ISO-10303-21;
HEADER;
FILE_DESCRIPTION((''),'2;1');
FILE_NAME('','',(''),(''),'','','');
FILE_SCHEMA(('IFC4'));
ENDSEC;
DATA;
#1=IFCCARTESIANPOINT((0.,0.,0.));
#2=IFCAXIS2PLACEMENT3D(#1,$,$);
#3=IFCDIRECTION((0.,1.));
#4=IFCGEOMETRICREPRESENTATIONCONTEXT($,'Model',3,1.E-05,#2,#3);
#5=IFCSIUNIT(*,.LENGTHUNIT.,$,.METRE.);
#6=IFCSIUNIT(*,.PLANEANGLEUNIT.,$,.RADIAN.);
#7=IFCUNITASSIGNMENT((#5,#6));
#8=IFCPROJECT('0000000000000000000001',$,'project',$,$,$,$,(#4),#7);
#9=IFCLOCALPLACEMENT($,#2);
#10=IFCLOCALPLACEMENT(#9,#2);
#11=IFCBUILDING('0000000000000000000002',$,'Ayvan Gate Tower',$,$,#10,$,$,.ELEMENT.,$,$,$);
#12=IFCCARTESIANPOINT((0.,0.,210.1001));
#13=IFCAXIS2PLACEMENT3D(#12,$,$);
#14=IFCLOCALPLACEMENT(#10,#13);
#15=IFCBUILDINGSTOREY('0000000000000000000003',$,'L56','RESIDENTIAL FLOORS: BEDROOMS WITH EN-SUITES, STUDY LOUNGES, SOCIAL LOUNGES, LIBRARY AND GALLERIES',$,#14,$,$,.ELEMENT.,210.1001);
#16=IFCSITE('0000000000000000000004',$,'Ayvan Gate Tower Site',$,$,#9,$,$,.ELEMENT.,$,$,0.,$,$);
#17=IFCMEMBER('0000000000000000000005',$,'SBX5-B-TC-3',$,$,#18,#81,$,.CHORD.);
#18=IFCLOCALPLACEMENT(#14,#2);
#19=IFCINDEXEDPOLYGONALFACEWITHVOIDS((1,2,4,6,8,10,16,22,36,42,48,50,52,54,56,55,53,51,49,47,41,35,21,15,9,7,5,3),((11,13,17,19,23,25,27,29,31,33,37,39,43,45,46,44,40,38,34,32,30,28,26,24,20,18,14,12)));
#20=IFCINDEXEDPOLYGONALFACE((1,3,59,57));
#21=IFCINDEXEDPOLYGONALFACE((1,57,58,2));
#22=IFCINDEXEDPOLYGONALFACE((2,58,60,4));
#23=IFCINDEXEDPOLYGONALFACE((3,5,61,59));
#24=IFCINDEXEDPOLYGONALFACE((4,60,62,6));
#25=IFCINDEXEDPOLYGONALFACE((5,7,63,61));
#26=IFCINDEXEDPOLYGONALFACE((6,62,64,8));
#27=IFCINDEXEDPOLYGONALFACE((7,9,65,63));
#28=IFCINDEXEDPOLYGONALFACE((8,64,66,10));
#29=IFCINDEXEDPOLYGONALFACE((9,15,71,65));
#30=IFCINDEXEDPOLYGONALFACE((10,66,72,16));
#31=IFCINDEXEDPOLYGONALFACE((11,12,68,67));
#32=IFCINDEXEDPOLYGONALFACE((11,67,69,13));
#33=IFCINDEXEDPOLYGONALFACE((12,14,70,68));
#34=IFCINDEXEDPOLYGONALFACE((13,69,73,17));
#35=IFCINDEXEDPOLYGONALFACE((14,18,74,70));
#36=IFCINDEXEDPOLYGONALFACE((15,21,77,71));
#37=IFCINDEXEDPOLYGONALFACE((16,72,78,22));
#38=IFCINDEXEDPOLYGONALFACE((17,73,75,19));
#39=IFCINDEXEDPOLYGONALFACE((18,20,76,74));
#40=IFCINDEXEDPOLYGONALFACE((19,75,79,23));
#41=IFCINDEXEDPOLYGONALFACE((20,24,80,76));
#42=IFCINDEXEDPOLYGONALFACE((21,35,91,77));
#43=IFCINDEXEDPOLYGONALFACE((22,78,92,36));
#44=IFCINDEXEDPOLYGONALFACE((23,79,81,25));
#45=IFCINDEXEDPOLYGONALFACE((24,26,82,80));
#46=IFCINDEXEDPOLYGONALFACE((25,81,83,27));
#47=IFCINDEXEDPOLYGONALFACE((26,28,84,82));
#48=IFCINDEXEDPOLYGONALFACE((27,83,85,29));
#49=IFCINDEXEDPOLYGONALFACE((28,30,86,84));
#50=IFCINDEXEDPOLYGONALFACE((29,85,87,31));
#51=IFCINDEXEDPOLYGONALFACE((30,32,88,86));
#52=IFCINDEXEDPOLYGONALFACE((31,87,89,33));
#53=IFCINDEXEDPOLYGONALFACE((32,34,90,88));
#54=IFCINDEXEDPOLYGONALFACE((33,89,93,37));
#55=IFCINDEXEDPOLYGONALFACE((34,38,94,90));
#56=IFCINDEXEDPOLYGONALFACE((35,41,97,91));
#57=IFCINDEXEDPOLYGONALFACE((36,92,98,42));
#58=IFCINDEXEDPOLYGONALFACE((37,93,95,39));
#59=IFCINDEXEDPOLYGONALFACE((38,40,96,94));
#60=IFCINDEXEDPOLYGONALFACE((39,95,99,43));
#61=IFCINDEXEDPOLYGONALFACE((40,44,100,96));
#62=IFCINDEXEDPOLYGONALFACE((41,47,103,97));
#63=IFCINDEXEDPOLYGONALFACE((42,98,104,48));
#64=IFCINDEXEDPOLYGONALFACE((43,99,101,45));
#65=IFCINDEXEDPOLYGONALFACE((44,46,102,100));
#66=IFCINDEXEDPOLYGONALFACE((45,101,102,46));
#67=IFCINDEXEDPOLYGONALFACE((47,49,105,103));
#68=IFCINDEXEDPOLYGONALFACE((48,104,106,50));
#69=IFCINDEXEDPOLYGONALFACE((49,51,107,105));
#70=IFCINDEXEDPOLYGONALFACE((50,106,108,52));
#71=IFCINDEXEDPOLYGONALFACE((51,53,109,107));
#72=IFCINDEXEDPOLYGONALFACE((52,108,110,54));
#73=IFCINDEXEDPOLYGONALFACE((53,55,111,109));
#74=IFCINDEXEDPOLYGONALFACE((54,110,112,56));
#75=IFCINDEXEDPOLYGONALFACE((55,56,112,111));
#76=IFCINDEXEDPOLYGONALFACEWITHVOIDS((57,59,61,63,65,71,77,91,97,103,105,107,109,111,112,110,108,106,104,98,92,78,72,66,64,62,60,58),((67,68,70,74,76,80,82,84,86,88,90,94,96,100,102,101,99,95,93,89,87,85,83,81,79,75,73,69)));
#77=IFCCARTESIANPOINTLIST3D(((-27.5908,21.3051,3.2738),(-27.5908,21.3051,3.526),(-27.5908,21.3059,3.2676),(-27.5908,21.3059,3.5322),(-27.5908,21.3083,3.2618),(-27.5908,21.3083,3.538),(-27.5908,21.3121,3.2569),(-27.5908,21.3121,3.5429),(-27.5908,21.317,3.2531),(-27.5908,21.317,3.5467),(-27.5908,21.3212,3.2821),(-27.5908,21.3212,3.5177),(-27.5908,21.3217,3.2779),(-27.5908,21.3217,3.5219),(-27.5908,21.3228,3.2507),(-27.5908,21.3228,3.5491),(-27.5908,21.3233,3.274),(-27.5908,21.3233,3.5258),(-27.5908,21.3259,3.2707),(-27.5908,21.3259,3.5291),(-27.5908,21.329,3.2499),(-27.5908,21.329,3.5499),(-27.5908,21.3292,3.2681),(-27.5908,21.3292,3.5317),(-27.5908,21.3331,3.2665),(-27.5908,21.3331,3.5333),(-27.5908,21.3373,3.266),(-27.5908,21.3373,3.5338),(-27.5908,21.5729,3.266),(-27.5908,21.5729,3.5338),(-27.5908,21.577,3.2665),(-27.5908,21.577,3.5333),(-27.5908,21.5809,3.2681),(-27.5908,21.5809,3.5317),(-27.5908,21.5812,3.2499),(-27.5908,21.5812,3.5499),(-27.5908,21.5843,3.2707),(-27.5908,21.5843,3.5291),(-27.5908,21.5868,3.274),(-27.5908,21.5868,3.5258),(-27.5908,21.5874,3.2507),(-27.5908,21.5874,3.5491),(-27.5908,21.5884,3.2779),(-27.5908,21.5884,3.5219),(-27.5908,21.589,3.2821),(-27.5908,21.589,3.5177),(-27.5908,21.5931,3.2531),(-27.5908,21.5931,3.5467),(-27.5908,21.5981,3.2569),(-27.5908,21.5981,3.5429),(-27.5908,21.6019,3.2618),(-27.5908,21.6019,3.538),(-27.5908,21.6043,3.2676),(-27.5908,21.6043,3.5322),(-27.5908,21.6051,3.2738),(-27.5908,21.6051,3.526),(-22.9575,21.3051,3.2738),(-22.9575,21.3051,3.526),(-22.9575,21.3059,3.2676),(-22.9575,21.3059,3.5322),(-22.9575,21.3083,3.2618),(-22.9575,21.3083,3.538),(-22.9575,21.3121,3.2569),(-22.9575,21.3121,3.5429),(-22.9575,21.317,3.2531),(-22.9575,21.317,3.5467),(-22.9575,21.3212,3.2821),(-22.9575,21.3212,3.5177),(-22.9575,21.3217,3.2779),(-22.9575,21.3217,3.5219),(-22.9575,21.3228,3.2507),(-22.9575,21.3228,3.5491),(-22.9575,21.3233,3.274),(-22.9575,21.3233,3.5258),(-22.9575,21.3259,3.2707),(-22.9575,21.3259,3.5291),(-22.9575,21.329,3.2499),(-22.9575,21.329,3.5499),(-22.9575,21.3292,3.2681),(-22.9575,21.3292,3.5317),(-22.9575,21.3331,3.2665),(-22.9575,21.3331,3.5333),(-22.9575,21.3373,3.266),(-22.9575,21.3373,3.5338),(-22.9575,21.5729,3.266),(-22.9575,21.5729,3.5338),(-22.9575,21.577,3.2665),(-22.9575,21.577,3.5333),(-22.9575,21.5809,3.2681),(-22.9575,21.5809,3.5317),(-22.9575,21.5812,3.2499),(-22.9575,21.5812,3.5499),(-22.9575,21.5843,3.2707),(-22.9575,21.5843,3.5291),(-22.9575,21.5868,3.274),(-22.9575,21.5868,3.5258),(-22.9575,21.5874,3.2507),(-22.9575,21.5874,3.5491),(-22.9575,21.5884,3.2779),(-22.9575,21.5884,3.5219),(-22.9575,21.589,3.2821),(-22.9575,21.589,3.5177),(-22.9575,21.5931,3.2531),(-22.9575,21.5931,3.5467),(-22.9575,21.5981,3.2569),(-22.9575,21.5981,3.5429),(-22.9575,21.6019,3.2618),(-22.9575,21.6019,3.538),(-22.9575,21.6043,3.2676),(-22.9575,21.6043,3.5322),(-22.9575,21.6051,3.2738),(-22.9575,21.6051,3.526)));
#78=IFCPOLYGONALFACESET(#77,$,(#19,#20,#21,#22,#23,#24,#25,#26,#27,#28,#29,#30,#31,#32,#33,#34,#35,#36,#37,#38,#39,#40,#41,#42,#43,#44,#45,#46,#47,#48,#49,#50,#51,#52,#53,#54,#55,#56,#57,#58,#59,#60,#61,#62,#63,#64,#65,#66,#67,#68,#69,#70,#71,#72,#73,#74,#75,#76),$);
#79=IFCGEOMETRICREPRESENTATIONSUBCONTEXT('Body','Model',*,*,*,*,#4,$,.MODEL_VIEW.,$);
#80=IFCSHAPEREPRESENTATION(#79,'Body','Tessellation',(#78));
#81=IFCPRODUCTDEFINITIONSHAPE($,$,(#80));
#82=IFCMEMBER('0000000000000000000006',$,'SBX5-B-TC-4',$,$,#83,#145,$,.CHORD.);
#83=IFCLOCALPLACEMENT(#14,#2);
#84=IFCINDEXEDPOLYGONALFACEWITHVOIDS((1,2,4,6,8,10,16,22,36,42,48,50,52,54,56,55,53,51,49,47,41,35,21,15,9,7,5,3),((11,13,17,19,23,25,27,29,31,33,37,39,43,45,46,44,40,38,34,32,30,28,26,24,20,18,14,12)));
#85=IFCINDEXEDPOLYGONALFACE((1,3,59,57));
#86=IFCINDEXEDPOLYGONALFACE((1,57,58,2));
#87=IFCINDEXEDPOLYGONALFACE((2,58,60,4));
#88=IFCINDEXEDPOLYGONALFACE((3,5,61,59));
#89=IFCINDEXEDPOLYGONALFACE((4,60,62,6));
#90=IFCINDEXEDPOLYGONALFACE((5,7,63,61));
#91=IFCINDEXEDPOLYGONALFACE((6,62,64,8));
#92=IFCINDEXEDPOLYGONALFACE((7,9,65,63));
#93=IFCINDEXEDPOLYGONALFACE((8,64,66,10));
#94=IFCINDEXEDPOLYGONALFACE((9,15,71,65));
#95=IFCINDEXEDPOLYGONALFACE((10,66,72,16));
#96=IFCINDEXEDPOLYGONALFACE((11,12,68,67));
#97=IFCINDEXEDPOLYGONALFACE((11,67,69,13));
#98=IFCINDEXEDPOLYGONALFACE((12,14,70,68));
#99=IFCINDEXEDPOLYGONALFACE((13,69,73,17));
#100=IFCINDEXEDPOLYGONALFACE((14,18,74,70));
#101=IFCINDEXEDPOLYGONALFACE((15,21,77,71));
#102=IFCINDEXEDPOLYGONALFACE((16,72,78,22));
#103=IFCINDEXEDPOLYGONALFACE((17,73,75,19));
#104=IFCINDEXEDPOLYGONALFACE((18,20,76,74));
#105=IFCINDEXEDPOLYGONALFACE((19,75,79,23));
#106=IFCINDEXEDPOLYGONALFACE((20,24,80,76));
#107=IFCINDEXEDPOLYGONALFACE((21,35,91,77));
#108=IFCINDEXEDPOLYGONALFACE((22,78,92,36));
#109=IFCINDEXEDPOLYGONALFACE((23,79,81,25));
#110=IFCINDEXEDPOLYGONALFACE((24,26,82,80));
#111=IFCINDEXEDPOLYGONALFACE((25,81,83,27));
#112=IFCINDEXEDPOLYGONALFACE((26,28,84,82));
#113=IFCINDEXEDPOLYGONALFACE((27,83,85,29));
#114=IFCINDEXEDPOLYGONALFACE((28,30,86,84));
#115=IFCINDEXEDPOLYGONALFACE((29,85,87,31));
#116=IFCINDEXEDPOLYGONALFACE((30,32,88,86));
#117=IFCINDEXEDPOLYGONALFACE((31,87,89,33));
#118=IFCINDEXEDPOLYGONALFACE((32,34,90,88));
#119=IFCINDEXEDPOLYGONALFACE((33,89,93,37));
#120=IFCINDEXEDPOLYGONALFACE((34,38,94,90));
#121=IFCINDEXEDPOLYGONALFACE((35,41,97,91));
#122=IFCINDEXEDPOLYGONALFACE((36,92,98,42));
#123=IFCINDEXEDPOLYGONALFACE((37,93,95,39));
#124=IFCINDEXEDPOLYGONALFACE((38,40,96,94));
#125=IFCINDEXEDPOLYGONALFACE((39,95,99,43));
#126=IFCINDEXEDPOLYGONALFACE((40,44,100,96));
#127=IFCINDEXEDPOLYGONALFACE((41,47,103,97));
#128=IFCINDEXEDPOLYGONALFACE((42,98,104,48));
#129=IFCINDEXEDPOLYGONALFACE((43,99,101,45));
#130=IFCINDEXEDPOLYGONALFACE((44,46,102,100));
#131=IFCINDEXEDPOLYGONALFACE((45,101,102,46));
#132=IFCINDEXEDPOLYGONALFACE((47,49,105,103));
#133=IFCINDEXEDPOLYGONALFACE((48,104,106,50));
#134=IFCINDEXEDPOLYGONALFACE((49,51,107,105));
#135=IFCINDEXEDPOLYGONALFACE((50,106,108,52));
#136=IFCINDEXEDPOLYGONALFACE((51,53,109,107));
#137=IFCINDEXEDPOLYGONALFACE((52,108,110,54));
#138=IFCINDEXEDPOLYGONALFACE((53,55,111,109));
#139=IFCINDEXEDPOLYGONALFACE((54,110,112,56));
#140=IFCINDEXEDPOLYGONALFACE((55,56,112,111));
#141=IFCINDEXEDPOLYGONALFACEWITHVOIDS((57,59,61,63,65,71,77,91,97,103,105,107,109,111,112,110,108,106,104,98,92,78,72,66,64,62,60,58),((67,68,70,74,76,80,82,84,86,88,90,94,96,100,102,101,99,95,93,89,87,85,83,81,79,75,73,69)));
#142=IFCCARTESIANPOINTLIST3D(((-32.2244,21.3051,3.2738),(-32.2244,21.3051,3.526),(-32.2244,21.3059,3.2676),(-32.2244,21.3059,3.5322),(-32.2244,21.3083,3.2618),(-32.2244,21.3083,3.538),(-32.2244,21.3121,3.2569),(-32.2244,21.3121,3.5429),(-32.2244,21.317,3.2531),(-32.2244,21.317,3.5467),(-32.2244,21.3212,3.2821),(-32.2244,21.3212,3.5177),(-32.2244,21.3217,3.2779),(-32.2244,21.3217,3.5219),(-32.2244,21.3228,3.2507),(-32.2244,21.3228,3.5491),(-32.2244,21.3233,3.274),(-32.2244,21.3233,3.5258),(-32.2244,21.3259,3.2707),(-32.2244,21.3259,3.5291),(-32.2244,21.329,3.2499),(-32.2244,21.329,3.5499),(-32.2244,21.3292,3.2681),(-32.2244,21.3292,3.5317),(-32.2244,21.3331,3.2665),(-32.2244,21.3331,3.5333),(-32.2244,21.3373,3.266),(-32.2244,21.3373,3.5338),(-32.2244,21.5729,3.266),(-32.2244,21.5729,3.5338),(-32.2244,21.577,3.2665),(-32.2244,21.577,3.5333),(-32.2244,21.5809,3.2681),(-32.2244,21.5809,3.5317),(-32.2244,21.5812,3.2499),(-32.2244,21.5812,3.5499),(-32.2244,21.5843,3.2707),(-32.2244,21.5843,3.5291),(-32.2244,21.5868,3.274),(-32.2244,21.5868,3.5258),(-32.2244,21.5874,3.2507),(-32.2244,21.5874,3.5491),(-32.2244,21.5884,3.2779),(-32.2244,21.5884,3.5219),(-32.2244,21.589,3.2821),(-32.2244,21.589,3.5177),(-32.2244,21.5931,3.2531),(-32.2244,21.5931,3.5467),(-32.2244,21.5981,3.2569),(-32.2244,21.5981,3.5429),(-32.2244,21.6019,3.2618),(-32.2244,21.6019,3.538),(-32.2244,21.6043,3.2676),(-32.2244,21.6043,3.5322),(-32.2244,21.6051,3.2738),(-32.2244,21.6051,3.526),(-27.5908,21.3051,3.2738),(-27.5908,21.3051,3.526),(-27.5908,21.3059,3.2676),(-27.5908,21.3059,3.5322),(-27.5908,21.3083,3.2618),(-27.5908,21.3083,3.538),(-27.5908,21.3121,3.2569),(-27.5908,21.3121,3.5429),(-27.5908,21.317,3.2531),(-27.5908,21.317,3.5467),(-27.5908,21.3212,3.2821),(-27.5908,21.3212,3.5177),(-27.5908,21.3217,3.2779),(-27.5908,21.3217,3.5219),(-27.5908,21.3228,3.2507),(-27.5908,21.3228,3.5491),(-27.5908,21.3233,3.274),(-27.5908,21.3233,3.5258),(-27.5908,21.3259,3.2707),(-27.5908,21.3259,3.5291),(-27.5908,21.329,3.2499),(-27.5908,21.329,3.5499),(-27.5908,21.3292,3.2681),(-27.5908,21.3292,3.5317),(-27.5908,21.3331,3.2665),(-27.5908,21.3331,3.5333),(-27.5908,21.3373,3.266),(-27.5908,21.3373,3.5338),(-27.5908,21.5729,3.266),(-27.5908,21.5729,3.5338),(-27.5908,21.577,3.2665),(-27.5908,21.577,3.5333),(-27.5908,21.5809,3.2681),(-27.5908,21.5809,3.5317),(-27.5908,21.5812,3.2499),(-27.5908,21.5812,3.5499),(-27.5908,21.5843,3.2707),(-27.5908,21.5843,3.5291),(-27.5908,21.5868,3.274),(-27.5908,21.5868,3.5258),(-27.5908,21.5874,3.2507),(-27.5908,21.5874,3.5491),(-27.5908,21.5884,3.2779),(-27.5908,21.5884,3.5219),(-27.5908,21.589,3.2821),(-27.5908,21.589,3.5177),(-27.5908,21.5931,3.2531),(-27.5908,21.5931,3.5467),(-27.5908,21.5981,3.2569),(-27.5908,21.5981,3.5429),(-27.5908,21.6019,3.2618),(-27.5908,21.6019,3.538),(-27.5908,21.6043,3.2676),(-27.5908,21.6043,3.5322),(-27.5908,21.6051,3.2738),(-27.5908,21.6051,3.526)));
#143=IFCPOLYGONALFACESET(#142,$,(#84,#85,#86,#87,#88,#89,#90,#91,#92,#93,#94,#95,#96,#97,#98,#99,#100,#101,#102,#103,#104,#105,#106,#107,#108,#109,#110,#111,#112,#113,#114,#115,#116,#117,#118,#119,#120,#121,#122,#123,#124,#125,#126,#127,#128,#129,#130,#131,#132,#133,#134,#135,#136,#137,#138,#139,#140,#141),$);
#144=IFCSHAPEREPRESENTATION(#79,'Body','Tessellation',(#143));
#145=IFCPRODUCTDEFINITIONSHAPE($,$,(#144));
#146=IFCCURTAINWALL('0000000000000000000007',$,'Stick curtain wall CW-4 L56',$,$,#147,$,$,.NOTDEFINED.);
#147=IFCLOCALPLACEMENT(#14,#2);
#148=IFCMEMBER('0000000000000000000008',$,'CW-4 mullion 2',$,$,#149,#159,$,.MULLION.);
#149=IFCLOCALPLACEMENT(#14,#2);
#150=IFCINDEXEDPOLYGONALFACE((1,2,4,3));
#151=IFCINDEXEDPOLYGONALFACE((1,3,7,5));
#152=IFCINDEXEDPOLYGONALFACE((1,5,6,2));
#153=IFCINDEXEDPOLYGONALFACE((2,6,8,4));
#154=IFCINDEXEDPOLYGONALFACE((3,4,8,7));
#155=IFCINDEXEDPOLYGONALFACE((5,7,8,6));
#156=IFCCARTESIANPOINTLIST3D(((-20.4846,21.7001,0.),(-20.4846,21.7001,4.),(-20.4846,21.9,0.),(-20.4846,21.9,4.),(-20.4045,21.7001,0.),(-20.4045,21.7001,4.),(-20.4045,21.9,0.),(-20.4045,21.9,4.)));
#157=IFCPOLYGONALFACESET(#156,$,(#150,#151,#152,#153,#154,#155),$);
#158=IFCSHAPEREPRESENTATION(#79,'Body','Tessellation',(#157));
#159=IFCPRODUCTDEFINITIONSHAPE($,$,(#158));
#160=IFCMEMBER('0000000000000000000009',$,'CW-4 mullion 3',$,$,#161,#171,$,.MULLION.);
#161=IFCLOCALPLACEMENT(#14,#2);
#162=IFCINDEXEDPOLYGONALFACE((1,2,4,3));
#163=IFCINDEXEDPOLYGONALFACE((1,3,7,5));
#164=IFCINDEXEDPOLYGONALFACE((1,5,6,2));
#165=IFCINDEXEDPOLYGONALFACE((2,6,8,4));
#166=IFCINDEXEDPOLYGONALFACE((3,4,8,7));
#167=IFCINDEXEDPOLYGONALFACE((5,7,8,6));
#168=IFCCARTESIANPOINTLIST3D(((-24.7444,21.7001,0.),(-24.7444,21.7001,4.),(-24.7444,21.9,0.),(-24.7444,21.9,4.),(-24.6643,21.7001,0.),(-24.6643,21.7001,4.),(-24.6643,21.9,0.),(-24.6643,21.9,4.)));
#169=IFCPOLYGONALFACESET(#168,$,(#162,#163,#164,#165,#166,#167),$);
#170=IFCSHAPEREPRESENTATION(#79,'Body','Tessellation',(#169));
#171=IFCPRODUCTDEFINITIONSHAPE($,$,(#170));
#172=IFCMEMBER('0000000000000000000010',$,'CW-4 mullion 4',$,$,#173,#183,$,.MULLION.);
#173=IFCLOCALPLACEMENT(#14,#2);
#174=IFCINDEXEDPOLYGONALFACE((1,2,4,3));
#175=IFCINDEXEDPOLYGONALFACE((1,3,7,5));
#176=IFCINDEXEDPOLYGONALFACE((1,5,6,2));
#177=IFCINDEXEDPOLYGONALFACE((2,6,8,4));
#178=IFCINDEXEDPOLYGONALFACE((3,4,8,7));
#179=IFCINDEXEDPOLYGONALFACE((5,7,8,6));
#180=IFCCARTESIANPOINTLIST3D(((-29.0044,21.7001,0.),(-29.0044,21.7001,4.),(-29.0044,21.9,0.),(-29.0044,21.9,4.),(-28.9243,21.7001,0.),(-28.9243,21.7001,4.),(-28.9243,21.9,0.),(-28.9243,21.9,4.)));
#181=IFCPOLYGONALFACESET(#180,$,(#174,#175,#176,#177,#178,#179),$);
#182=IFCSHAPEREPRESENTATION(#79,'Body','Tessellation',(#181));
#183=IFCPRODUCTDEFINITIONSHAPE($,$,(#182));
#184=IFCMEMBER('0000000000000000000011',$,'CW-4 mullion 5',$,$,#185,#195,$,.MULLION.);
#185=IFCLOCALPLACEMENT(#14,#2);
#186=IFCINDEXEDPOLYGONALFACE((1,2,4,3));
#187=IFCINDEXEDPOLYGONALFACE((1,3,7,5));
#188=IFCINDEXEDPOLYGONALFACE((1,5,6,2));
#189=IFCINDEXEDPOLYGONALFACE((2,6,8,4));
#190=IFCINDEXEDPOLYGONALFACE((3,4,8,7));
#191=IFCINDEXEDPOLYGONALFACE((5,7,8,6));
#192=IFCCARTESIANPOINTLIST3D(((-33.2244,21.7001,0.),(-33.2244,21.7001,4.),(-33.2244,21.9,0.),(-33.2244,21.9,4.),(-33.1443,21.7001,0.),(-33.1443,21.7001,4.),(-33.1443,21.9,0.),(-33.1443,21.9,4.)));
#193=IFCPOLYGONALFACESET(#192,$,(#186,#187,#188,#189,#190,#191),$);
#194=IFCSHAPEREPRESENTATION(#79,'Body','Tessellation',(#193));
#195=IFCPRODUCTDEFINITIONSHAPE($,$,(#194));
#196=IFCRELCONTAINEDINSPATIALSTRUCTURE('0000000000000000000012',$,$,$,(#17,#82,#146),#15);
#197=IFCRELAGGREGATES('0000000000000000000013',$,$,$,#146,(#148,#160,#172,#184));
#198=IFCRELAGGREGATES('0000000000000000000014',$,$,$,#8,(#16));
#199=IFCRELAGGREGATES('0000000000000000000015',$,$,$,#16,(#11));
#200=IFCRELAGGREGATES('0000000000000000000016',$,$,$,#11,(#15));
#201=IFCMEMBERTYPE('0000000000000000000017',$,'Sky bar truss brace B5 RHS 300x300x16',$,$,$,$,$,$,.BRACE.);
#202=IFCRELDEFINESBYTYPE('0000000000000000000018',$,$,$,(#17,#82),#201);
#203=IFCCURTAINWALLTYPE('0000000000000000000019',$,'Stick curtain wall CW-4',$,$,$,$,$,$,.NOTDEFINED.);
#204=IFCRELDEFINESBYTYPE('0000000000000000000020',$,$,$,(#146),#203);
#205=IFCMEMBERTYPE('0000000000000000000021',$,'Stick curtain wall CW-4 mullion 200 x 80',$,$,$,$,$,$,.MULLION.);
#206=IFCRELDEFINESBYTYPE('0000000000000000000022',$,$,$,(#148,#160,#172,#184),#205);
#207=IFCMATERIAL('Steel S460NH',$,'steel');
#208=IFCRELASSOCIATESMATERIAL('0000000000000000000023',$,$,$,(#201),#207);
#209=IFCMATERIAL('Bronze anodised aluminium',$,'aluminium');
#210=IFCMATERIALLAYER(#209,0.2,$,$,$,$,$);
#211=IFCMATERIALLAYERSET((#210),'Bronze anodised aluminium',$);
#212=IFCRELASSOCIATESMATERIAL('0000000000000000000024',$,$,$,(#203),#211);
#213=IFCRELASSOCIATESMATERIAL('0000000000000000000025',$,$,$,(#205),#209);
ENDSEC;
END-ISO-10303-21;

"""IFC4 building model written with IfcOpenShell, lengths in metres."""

from ifc_helpers import new_model, si_unit, direction, frame, origin, origin_2d, place, context, subcontext, project, spatial, rectangle, hollow_rectangle, extrude, material, layer, layer_set, material_profile, profile_set, type_object, element, aggregate, save


model = new_model("IFC4")

# Units and contexts
model_context = context("Model", 3, precision=1e-05, world=origin(), true_north=direction((0.0, 1.0)))
body_context = subcontext(model_context, "Body", "Model", "MODEL_VIEW")
ifc_project = project(units=[si_unit("LENGTHUNIT", "METRE"), si_unit("PLANEANGLEUNIT", "RADIAN")], contexts=[model_context])

# Site, building, storey
site_placement = place(None, origin())
site = spatial("IfcSite", under=ifc_project, at=site_placement, Name="Ayvan Gate Tower Site", CompositionType="ELEMENT", RefElevation=0.0)
building_placement = place(site_placement, origin())
building = spatial("IfcBuilding", under=site, at=building_placement, Name="Ayvan Gate Tower", CompositionType="ELEMENT")
storey_placement = place(building_placement, frame((0.0, 0.0, 210.1001)))
storey = spatial("IfcBuildingStorey", under=building, at=storey_placement, Name="L56", Description="RESIDENTIAL FLOORS: BEDROOMS WITH EN-SUITES, STUDY LOUNGES, SOCIAL LOUNGES, LIBRARY AND GALLERIES", CompositionType="ELEMENT", Elevation=210.1001)

# Members
ifc_material_1 = material(Name="Steel S460NH", Category="steel")
ifc_material_profile_1 = material_profile(ifc_material_1, hollow_rectangle(XDim=0.3, YDim=0.3, WallThickness=0.0161, InnerFilletRadius=0.0161, OuterFilletRadius=0.0239, at=origin_2d()), Name="RHS 300x300x16")
ifc_profile_set_1 = profile_set([ifc_material_profile_1], Name="Steel S460NH")
member_type_1 = type_object("IfcMemberType", Name="Sky bar truss brace B5 RHS 300x300x16", PredefinedType="BRACE", material=ifc_profile_set_1)
for number, where, z_axis, x_axis, name in (
    (1, (-22.9575, 21.4551, 3.3999), (-1.0, 0.0, 0.0), (0.0, -1.0, 0.0), "SBX5-B-TC-3"),
):
    element("IfcMember", number, at=place(storey_placement, frame(where, z_axis=z_axis, x_axis=x_axis)), inside=storey, type_object=member_type_1, Name=name, PredefinedType="CHORD", context=body_context, shape_type="SweptSolid", body=[
        extrude(hollow_rectangle(XDim=0.3, YDim=0.3, WallThickness=0.0161, InnerFilletRadius=0.0161, OuterFilletRadius=0.0239, at=origin_2d()), origin(), (0.0, 0.0, 1.0), 4.6333),
    ])
member_1_placement = place(storey_placement, frame((-27.5908, 21.4551, 3.3999), z_axis=(-1.0, 0.0, 0.0), x_axis=(0.0, -1.0, 0.0)))
element("IfcMember", 2, at=member_1_placement, inside=storey, type_object=member_type_1, Name="SBX5-B-TC-4", PredefinedType="CHORD", context=body_context, shape_type="SweptSolid", body=[
    extrude(hollow_rectangle(XDim=0.3, YDim=0.3, WallThickness=0.0161, InnerFilletRadius=0.0161, OuterFilletRadius=0.0239, at=origin_2d()), origin(), (0.0, 0.0, 1.0), 4.6335),
])

# Curtain wall, members
ifc_material_2 = material(Name="Bronze anodised aluminium", Category="aluminium")
ifc_layer_1 = layer(ifc_material_2, 0.2)
ifc_layer_set_1 = layer_set([ifc_layer_1], Name="Bronze anodised aluminium")
curtain_wall_type = type_object("IfcCurtainWallType", Name="Stick curtain wall CW-4", PredefinedType="NOTDEFINED", material=ifc_layer_set_1)
curtain_wall_1_placement = place(storey_placement, origin())
curtain_wall_1 = element("IfcCurtainWall", 3, at=curtain_wall_1_placement, inside=storey, type_object=curtain_wall_type, Name="Stick curtain wall CW-4 L56", PredefinedType="NOTDEFINED")
ifc_material_profile_2 = material_profile(ifc_material_2, rectangle(XDim=0.2, YDim=0.0801, at=origin_2d()), Name="Stick curtain wall CW-4 mullion 200 x 80")
ifc_profile_set_2 = profile_set([ifc_material_profile_2], Name="Bronze anodised aluminium")
member_type_2 = type_object("IfcMemberType", Name="Stick curtain wall CW-4 mullion 200 x 80", PredefinedType="MULLION", material=ifc_profile_set_2)
member_2_placement = place(storey_placement, frame((-20.4446, 21.8, 0.0), z_axis=(0.0, 0.0, 1.0), x_axis=(0.0, 1.0, 0.0)))
member_2 = element("IfcMember", 4, at=member_2_placement, type_object=member_type_2, Name="CW-4 mullion 2", PredefinedType="MULLION", context=body_context, shape_type="SweptSolid", body=[
    extrude(rectangle(XDim=0.2, YDim=0.0801, at=origin_2d()), origin(), (0.0, 0.0, 1.0), 4.0),
])
member_3_placement = place(storey_placement, frame((-24.7043, 21.8, 0.0), z_axis=(0.0, 0.0, 1.0), x_axis=(0.0, 1.0, 0.0)))
member_3 = element("IfcMember", 5, at=member_3_placement, type_object=member_type_2, Name="CW-4 mullion 3", PredefinedType="MULLION", context=body_context, shape_type="SweptSolid", body=[
    extrude(rectangle(XDim=0.2, YDim=0.0801, at=origin_2d()), origin(), (0.0, 0.0, 1.0), 4.0),
])
member_4_placement = place(storey_placement, frame((-28.9644, 21.8, 0.0), z_axis=(0.0, 0.0, 1.0), x_axis=(0.0, 1.0, 0.0)))
member_4 = element("IfcMember", 6, at=member_4_placement, type_object=member_type_2, Name="CW-4 mullion 4", PredefinedType="MULLION", context=body_context, shape_type="SweptSolid", body=[
    extrude(rectangle(XDim=0.2, YDim=0.0801, at=origin_2d()), origin(), (0.0, 0.0, 1.0), 4.0),
])
member_5_placement = place(storey_placement, frame((-33.1843, 21.8, 0.0), z_axis=(0.0, 0.0, 1.0), x_axis=(0.0, 1.0, 0.0)))
member_5 = element("IfcMember", 7, at=member_5_placement, type_object=member_type_2, Name="CW-4 mullion 5", PredefinedType="MULLION", context=body_context, shape_type="SweptSolid", body=[
    extrude(rectangle(XDim=0.2, YDim=0.0801, at=origin_2d()), origin(), (0.0, 0.0, 1.0), 4.0),
])

aggregate(curtain_wall_1, [member_2, member_3, member_4, member_5])

save(model, "model.ifc")
